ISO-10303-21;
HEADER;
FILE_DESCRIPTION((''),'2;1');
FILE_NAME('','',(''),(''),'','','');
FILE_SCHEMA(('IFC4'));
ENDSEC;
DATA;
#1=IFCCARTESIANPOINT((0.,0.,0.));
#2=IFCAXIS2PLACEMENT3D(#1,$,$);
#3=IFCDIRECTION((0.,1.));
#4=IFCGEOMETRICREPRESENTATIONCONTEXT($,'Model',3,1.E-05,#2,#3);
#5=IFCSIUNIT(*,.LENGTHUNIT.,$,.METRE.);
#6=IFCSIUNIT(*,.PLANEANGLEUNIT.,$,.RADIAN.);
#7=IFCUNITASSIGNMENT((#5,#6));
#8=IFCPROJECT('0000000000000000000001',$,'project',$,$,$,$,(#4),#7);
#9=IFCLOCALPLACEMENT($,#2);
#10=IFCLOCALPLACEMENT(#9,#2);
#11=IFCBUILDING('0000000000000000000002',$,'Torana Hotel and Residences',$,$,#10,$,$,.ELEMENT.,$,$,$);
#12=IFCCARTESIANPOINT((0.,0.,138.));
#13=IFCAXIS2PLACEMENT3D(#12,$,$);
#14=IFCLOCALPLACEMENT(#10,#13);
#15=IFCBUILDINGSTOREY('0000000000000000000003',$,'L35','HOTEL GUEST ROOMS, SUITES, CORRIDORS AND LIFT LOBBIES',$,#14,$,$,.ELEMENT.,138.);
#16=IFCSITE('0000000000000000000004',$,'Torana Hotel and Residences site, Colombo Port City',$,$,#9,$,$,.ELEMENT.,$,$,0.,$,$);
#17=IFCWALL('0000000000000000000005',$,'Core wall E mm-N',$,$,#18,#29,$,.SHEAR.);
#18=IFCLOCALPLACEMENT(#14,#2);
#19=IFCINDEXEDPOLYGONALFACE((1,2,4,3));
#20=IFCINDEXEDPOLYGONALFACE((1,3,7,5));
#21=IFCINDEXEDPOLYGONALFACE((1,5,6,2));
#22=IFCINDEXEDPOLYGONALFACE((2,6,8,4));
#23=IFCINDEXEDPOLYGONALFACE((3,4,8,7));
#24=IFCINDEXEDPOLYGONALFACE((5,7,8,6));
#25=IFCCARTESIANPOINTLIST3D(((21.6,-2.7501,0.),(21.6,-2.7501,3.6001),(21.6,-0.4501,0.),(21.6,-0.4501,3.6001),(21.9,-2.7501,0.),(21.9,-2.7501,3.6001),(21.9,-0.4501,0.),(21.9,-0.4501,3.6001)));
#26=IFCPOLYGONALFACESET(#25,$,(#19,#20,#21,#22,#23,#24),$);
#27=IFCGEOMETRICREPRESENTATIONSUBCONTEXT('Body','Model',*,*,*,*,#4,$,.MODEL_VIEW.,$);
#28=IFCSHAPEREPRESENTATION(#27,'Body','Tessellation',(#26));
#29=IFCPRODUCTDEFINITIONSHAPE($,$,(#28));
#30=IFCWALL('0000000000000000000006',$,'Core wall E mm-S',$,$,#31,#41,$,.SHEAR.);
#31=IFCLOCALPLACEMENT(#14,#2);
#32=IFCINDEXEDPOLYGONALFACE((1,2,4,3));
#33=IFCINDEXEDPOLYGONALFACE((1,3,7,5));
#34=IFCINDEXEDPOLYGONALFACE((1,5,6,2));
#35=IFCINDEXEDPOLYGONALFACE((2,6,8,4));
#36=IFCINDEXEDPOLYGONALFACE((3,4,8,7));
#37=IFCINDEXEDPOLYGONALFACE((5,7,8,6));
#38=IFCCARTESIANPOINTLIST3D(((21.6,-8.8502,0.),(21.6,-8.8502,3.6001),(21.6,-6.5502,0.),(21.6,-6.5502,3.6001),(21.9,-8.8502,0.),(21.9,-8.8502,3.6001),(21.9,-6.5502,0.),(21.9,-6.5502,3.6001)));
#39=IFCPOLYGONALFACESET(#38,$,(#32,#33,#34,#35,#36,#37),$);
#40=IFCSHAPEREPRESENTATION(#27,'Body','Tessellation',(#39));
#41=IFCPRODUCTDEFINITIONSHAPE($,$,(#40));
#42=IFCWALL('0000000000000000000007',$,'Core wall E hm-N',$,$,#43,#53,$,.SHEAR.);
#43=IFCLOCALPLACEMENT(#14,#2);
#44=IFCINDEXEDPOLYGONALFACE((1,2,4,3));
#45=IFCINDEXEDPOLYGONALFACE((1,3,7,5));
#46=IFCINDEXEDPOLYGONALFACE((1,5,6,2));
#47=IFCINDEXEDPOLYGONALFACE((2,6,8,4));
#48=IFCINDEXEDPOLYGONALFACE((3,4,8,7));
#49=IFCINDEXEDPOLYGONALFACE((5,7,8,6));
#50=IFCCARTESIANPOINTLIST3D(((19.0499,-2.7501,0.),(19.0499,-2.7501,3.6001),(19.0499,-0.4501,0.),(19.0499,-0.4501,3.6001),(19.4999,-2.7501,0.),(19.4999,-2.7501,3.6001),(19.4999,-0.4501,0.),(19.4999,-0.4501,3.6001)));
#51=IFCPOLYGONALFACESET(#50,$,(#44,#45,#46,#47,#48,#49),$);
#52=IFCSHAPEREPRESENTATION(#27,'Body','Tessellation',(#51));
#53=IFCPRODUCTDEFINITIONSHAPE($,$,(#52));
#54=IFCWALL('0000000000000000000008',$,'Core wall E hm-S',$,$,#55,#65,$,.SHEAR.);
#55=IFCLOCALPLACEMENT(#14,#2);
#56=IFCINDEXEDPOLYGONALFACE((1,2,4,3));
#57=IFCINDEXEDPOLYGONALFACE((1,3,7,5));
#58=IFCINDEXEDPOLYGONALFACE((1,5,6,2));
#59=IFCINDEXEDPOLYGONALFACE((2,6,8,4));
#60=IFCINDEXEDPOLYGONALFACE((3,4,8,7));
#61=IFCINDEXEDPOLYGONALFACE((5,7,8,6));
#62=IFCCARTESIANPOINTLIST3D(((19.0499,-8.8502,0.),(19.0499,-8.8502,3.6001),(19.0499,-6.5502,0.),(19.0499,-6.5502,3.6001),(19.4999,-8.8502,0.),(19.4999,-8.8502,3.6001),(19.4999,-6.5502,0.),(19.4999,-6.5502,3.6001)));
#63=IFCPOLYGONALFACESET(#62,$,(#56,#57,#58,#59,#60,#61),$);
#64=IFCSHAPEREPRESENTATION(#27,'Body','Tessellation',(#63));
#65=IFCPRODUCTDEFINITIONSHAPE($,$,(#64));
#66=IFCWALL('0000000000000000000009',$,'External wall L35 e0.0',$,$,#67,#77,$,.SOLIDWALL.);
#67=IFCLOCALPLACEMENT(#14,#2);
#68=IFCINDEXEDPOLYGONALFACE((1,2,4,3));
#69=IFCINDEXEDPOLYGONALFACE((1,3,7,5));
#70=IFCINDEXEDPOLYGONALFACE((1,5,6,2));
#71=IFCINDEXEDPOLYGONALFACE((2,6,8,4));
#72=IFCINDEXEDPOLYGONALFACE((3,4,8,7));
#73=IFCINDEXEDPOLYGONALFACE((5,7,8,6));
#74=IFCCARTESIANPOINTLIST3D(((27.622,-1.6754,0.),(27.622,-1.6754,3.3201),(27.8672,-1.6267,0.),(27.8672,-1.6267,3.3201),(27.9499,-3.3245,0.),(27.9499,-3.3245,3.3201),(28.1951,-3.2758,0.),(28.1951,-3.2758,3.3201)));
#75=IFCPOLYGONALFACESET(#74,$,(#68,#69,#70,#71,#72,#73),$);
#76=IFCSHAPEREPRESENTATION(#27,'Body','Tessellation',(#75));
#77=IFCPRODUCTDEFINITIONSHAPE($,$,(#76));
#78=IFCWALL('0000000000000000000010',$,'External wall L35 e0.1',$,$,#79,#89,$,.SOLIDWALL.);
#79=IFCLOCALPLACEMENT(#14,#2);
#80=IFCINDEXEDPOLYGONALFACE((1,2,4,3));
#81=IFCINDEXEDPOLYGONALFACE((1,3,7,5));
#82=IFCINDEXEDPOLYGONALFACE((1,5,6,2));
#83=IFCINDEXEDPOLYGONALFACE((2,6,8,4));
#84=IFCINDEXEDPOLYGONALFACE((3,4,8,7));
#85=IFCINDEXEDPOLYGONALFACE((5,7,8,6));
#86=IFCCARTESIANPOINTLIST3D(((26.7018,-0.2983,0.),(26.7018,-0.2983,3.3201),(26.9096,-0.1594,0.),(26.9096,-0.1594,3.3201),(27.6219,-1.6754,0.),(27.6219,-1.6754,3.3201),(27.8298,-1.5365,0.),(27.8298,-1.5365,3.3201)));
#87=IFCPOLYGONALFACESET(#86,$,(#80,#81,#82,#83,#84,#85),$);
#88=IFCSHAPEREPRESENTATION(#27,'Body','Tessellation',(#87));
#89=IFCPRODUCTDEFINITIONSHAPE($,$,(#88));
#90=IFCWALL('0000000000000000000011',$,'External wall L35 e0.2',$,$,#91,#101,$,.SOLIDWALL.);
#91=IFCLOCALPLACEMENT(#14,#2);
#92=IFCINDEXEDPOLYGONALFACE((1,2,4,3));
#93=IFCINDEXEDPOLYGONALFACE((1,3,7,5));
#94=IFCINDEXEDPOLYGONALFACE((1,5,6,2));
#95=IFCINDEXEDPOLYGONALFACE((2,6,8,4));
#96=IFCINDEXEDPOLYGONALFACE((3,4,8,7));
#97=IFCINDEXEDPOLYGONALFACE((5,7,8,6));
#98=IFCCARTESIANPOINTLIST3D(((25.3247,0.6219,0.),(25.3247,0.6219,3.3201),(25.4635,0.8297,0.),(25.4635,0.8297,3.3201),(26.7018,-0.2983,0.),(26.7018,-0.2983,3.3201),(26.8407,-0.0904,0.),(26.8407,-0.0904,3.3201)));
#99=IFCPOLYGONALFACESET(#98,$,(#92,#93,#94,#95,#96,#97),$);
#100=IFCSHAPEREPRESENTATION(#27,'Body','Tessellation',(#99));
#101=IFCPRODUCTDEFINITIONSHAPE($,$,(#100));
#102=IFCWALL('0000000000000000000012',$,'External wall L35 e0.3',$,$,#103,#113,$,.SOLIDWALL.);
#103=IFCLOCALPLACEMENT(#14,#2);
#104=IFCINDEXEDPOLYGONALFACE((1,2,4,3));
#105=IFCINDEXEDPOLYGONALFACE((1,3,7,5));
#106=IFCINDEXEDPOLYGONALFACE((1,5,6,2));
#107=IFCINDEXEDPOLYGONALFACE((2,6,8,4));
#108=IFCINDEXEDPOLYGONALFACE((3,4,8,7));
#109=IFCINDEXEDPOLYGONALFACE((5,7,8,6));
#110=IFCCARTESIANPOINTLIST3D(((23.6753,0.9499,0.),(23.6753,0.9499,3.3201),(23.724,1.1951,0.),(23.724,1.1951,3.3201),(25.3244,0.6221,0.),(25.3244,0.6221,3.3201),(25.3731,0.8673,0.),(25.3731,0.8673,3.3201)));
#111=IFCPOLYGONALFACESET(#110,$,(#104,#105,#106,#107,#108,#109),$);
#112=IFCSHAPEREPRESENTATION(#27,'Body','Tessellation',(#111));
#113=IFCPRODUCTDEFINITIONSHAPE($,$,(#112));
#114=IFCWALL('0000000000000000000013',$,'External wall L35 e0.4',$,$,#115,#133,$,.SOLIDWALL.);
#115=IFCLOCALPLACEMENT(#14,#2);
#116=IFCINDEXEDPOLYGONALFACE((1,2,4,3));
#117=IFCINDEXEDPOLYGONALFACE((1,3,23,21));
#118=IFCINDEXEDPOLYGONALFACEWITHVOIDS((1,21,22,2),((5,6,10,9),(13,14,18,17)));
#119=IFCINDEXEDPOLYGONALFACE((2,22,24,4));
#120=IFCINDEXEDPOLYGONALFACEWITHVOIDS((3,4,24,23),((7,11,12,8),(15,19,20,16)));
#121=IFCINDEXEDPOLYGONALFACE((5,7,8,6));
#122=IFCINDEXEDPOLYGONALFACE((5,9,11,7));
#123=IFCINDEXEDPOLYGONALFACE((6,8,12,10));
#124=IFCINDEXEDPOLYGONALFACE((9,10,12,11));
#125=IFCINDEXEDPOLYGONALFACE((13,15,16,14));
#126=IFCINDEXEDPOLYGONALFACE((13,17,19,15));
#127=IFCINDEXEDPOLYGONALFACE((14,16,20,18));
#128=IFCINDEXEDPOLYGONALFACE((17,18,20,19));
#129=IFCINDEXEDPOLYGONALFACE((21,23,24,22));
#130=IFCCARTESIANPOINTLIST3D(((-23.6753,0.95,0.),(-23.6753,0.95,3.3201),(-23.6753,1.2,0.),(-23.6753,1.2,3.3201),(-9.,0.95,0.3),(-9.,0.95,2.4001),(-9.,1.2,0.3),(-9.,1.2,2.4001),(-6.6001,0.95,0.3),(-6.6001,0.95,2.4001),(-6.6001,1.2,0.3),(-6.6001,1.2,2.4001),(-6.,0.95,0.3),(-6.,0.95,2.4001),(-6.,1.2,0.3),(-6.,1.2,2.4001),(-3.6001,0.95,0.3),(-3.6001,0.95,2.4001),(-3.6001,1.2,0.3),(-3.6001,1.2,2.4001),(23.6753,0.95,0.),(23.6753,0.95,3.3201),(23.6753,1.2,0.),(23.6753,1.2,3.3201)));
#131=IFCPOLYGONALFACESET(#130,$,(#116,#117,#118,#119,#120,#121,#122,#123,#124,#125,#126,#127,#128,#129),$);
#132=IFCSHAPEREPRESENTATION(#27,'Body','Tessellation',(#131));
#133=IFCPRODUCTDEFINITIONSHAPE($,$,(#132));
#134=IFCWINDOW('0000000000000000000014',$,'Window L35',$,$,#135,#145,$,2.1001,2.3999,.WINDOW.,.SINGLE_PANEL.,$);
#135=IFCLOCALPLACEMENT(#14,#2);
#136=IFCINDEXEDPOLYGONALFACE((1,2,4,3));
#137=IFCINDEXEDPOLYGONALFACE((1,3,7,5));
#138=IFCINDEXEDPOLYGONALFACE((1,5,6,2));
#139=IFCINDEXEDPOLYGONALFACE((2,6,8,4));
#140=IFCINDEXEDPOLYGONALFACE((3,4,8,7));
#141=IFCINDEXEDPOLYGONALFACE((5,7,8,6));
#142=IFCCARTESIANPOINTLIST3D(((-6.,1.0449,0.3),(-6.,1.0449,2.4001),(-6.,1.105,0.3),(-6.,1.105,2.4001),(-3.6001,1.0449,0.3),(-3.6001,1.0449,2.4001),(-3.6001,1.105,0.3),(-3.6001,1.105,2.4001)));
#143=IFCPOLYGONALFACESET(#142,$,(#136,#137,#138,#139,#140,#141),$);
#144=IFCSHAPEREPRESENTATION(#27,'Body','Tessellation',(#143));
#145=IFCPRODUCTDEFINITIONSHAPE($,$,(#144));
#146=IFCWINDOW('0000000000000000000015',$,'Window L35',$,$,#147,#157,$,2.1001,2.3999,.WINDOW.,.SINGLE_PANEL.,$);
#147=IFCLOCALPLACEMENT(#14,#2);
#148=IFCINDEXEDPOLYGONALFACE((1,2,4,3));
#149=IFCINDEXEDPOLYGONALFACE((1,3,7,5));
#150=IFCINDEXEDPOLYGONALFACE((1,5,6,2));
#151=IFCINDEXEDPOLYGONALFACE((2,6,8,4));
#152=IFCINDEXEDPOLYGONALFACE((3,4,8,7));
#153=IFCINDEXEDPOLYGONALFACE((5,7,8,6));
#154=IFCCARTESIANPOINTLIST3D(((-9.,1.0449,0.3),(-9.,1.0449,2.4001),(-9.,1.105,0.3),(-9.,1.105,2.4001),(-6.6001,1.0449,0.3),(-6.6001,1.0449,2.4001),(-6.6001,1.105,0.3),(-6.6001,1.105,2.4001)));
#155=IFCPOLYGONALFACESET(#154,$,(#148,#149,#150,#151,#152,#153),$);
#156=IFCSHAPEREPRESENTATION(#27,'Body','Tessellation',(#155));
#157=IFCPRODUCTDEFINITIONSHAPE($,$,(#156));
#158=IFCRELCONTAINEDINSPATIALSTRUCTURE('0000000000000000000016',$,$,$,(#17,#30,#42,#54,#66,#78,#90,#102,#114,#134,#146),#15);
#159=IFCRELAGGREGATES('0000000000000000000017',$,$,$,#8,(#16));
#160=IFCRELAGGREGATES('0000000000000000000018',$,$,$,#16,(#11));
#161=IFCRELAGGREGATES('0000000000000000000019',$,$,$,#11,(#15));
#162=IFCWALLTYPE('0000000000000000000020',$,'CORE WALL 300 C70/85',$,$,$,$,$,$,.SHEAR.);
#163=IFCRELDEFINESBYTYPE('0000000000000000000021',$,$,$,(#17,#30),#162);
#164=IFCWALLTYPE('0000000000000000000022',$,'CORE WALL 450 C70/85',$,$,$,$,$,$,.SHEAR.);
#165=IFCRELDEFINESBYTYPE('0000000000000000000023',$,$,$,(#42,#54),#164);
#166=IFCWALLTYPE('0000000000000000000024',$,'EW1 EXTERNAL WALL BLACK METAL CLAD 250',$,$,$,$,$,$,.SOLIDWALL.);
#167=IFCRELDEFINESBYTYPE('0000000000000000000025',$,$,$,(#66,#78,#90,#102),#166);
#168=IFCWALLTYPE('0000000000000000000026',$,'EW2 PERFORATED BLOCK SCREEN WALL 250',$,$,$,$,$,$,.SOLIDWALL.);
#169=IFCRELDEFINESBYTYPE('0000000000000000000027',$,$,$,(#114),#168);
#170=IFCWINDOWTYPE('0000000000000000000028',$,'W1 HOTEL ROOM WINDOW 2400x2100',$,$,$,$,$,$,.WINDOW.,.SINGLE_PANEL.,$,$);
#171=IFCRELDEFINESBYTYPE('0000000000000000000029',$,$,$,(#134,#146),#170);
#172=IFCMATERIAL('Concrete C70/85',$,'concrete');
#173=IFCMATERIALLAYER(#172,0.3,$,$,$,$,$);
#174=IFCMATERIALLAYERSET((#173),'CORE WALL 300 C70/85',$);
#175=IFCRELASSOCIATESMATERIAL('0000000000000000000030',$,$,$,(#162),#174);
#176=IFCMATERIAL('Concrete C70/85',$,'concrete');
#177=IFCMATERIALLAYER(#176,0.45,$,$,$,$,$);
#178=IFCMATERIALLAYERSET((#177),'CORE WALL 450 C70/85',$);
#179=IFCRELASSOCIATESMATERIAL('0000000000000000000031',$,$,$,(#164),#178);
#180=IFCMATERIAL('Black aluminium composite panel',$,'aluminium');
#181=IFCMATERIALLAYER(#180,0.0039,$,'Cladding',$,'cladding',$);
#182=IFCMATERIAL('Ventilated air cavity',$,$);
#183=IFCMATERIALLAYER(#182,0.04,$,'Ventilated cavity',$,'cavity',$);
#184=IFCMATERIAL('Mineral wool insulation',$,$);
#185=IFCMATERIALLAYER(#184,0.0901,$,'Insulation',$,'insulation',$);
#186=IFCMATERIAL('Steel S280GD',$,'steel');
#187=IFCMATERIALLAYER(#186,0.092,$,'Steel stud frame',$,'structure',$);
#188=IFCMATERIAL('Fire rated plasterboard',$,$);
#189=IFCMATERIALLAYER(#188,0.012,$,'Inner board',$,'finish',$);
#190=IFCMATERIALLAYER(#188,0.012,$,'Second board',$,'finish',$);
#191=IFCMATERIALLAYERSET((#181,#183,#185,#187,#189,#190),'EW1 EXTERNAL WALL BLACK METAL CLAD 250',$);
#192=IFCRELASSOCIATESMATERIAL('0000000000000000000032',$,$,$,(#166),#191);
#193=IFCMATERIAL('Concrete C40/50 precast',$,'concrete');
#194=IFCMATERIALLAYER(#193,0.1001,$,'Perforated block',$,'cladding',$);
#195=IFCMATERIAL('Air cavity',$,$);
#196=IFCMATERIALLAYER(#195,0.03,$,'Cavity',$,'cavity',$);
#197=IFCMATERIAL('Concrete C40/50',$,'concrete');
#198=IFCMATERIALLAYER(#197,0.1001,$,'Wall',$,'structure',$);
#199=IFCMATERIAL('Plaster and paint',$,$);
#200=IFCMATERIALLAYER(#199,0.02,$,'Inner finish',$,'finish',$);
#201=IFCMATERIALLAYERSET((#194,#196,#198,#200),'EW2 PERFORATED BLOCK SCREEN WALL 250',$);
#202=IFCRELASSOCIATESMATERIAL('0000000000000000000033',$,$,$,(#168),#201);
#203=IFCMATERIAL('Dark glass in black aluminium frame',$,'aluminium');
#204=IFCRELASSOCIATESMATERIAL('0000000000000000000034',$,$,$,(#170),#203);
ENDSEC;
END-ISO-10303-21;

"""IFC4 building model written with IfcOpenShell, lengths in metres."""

from ifc_helpers import new_model, si_unit, direction, frame, frame_2d, origin, place, context, subcontext, project, spatial, rectangle, extrude, material, layer, layer_set, type_object, element, fill, save


model = new_model("IFC4")

# Units and contexts
model_context = context("Model", 3, precision=1e-05, world=origin(), true_north=direction((0.0, 1.0)))
body_context = subcontext(model_context, "Body", "Model", "MODEL_VIEW")
ifc_project = project(units=[si_unit("LENGTHUNIT", "METRE"), si_unit("PLANEANGLEUNIT", "RADIAN")], contexts=[model_context])

# Site, building, storey
site_placement = place(None, origin())
site = spatial("IfcSite", under=ifc_project, at=site_placement, Name="Torana Hotel and Residences site, Colombo Port City", CompositionType="ELEMENT", RefElevation=0.0)
building_placement = place(site_placement, origin())
building = spatial("IfcBuilding", under=site, at=building_placement, Name="Torana Hotel and Residences", CompositionType="ELEMENT")
storey_placement = place(building_placement, frame((0.0, 0.0, 138.0)))
storey = spatial("IfcBuildingStorey", under=building, at=storey_placement, Name="L35", Description="HOTEL GUEST ROOMS, SUITES, CORRIDORS AND LIFT LOBBIES", CompositionType="ELEMENT", Elevation=138.0)

# Walls
ifc_material_1 = material(Name="Concrete C70/85", Category="concrete")
ifc_layer_1 = layer(ifc_material_1, 0.3)
ifc_layer_set_1 = layer_set([ifc_layer_1], Name="CORE WALL 300 C70/85")
wall_type_1 = type_object("IfcWallType", Name="CORE WALL 300 C70/85", PredefinedType="SHEAR", material=ifc_layer_set_1)
for number, where, z_axis, x_axis, name in (
    (1, (21.75, -2.75, 0.0), (0.0, 0.0, 1.0), (0.0, 1.0, 0.0), "Core wall E mm-N"),
    (2, (21.75, -8.8501, 0.0), (0.0, 0.0, 1.0), (0.0, 1.0, 0.0), "Core wall E mm-S"),
):
    element("IfcWall", number, at=place(storey_placement, frame(where, z_axis=z_axis, x_axis=x_axis)), inside=storey, type_object=wall_type_1, Name=name, PredefinedType="SHEAR", context=body_context, shape_type="SweptSolid", body=[
        extrude(rectangle(XDim=2.3, YDim=0.3, at=frame_2d((1.1499, 0.0))), origin(), (0.0, 0.0, 1.0), 3.6001),
    ])
ifc_material_2 = material(Name="Concrete C70/85", Category="concrete")
ifc_layer_2 = layer(ifc_material_2, 0.45)
ifc_layer_set_2 = layer_set([ifc_layer_2], Name="CORE WALL 450 C70/85")
wall_type_2 = type_object("IfcWallType", Name="CORE WALL 450 C70/85", PredefinedType="SHEAR", material=ifc_layer_set_2)
for number, where, z_axis, x_axis, name in (
    (3, (19.2749, -2.75, 0.0), (0.0, 0.0, 1.0), (0.0, 1.0, 0.0), "Core wall E hm-N"),
    (4, (19.2749, -8.8501, 0.0), (0.0, 0.0, 1.0), (0.0, 1.0, 0.0), "Core wall E hm-S"),
):
    element("IfcWall", number, at=place(storey_placement, frame(where, z_axis=z_axis, x_axis=x_axis)), inside=storey, type_object=wall_type_2, Name=name, PredefinedType="SHEAR", context=body_context, shape_type="SweptSolid", body=[
        extrude(rectangle(XDim=2.3, YDim=0.45, at=frame_2d((1.1499, 0.0))), origin(), (0.0, 0.0, 1.0), 3.6001),
    ])
ifc_material_3 = material(Name="Black aluminium composite panel", Category="aluminium")
ifc_layer_3 = layer(ifc_material_3, 0.0039, Name="Cladding", Category="cladding")
ifc_material_4 = material(Name="Ventilated air cavity")
ifc_layer_4 = layer(ifc_material_4, 0.04, Name="Ventilated cavity", Category="cavity")
ifc_material_5 = material(Name="Mineral wool insulation")
ifc_layer_5 = layer(ifc_material_5, 0.0901, Name="Insulation", Category="insulation")
ifc_material_6 = material(Name="Steel S280GD", Category="steel")
ifc_layer_6 = layer(ifc_material_6, 0.092, Name="Steel stud frame", Category="structure")
ifc_material_7 = material(Name="Fire rated plasterboard")
ifc_layer_7 = layer(ifc_material_7, 0.012, Name="Inner board", Category="finish")
ifc_layer_8 = layer(ifc_material_7, 0.012, Name="Second board", Category="finish")
ifc_layer_set_3 = layer_set([ifc_layer_3, ifc_layer_4, ifc_layer_5, ifc_layer_6, ifc_layer_7, ifc_layer_8], Name="EW1 EXTERNAL WALL BLACK METAL CLAD 250")
wall_type_3 = type_object("IfcWallType", Name="EW1 EXTERNAL WALL BLACK METAL CLAD 250", PredefinedType="SOLIDWALL", material=ifc_layer_set_3)
wall_1_placement = place(storey_placement, frame((28.0725, -3.3003, 0.0), z_axis=(0.0, 0.0, 1.0), x_axis=(-0.194999, 0.980803, 0.0)))
element("IfcWall", 5, at=wall_1_placement, inside=storey, type_object=wall_type_3, Name="External wall L35 e0.0", PredefinedType="SOLIDWALL", context=body_context, shape_type="SweptSolid", body=[
    extrude(rectangle(XDim=1.6814, YDim=0.25, at=frame_2d((0.8408, 0.0))), origin(), (0.0, 0.0, 1.0), 3.3201),
])
for number, where, z_axis, x_axis, name in (
    (6, (27.7258, -1.606, 0.0), (0.0, 0.0, 1.0), (-0.55555, 0.831483, 0.0), "External wall L35 e0.1"),
    (7, (26.7712, -0.1943, 0.0), (0.0, 0.0, 1.0), (-0.831483, 0.55555, 0.0), "External wall L35 e0.2"),
):
    element("IfcWall", number, at=place(storey_placement, frame(where, z_axis=z_axis, x_axis=x_axis)), inside=storey, type_object=wall_type_3, Name=name, PredefinedType="SOLIDWALL", context=body_context, shape_type="SweptSolid", body=[
        extrude(rectangle(XDim=1.6562, YDim=0.25, at=frame_2d((0.8281, 0.0))), origin(), (0.0, 0.0, 1.0), 3.3201),
    ])
wall_2_placement = place(storey_placement, frame((25.3489, 0.7446, 0.0), z_axis=(0.0, 0.0, 1.0), x_axis=(-0.980803, 0.194999, 0.0)))
element("IfcWall", 8, at=wall_2_placement, inside=storey, type_object=wall_type_3, Name="External wall L35 e0.3", PredefinedType="SOLIDWALL", context=body_context, shape_type="SweptSolid", body=[
    extrude(rectangle(XDim=1.6814, YDim=0.25, at=frame_2d((0.8408, 0.0))), origin(), (0.0, 0.0, 1.0), 3.3201),
])

# Wall, openings, windows
ifc_material_8 = material(Name="Concrete C40/50 precast", Category="concrete")
ifc_layer_9 = layer(ifc_material_8, 0.1001, Name="Perforated block", Category="cladding")
ifc_material_9 = material(Name="Air cavity")
ifc_layer_10 = layer(ifc_material_9, 0.03, Name="Cavity", Category="cavity")
ifc_material_10 = material(Name="Concrete C40/50", Category="concrete")
ifc_layer_11 = layer(ifc_material_10, 0.1001, Name="Wall", Category="structure")
ifc_material_11 = material(Name="Plaster and paint")
ifc_layer_12 = layer(ifc_material_11, 0.02, Name="Inner finish", Category="finish")
ifc_layer_set_4 = layer_set([ifc_layer_9, ifc_layer_10, ifc_layer_11, ifc_layer_12], Name="EW2 PERFORATED BLOCK SCREEN WALL 250")
wall_type_4 = type_object("IfcWallType", Name="EW2 PERFORATED BLOCK SCREEN WALL 250", PredefinedType="SOLIDWALL", material=ifc_layer_set_4)
wall_3_placement = place(storey_placement, frame((23.6753, 1.075, 0.0), z_axis=(0.0, 0.0, 1.0), x_axis=(-1.0, 0.0, 0.0)))
wall_3 = element("IfcWall", 9, at=wall_3_placement, inside=storey, type_object=wall_type_4, Name="External wall L35 e0.4", PredefinedType="SOLIDWALL", context=body_context, shape_type="SweptSolid", body=[
    extrude(rectangle(XDim=47.3506, YDim=0.25, at=frame_2d((23.6753, 0.0))), origin(), (0.0, 0.0, 1.0), 3.3201),
])
opening_1_placement = place(wall_3_placement, frame((27.2754, 0.0, 0.3)))
opening_1 = element("IfcOpeningElement", 10, at=opening_1_placement, cuts=wall_3, PredefinedType="OPENING", context=body_context, shape_type="SweptSolid", body=[
    extrude(rectangle(XDim=2.3999, YDim=2.1001, at=frame_2d((1.2, 1.05))), frame((0.0, 0.135, 0.0), z_axis=(0.0, -1.0, 0.0), x_axis=(1.0, 0.0, 0.0)), (0.0, 0.0, 1.0), 0.27),
])
opening_2_placement = place(wall_3_placement, frame((30.2754, 0.0, 0.3)))
opening_2 = element("IfcOpeningElement", 11, at=opening_2_placement, cuts=wall_3, PredefinedType="OPENING", context=body_context, shape_type="SweptSolid", body=[
    extrude(rectangle(XDim=2.3999, YDim=2.1001, at=frame_2d((1.2, 1.05))), frame((0.0, 0.135, 0.0), z_axis=(0.0, -1.0, 0.0), x_axis=(1.0, 0.0, 0.0)), (0.0, 0.0, 1.0), 0.27),
])
ifc_material_12 = material(Name="Dark glass in black aluminium frame", Category="aluminium")
window_type = type_object("IfcWindowType", Name="W1 HOTEL ROOM WINDOW 2400x2100", PartitioningType="SINGLE_PANEL", PredefinedType="WINDOW", material=ifc_material_12)
window_1_placement = place(opening_1_placement, origin())
window_1 = element("IfcWindow", 12, at=window_1_placement, inside=storey, type_object=window_type, Name="Window L35", OverallHeight=2.1001, OverallWidth=2.3999, PartitioningType="SINGLE_PANEL", PredefinedType="WINDOW", context=body_context, shape_type="SweptSolid", body=[
    extrude(rectangle(XDim=2.3999, YDim=2.1001, at=frame_2d((1.2, 1.05))), frame((0.0, 0.03, 0.0), z_axis=(0.0, -1.0, 0.0), x_axis=(1.0, 0.0, 0.0)), (0.0, 0.0, 1.0), 0.0601),
])
fill(opening_1, window_1)
window_2_placement = place(opening_2_placement, origin())
window_2 = element("IfcWindow", 13, at=window_2_placement, inside=storey, type_object=window_type, Name="Window L35", OverallHeight=2.1001, OverallWidth=2.3999, PartitioningType="SINGLE_PANEL", PredefinedType="WINDOW", context=body_context, shape_type="SweptSolid", body=[
    extrude(rectangle(XDim=2.3999, YDim=2.1001, at=frame_2d((1.2, 1.05))), frame((0.0, 0.03, 0.0), z_axis=(0.0, -1.0, 0.0), x_axis=(1.0, 0.0, 0.0)), (0.0, 0.0, 1.0), 0.0601),
])
fill(opening_2, window_2)

save(model, "model.ifc")
